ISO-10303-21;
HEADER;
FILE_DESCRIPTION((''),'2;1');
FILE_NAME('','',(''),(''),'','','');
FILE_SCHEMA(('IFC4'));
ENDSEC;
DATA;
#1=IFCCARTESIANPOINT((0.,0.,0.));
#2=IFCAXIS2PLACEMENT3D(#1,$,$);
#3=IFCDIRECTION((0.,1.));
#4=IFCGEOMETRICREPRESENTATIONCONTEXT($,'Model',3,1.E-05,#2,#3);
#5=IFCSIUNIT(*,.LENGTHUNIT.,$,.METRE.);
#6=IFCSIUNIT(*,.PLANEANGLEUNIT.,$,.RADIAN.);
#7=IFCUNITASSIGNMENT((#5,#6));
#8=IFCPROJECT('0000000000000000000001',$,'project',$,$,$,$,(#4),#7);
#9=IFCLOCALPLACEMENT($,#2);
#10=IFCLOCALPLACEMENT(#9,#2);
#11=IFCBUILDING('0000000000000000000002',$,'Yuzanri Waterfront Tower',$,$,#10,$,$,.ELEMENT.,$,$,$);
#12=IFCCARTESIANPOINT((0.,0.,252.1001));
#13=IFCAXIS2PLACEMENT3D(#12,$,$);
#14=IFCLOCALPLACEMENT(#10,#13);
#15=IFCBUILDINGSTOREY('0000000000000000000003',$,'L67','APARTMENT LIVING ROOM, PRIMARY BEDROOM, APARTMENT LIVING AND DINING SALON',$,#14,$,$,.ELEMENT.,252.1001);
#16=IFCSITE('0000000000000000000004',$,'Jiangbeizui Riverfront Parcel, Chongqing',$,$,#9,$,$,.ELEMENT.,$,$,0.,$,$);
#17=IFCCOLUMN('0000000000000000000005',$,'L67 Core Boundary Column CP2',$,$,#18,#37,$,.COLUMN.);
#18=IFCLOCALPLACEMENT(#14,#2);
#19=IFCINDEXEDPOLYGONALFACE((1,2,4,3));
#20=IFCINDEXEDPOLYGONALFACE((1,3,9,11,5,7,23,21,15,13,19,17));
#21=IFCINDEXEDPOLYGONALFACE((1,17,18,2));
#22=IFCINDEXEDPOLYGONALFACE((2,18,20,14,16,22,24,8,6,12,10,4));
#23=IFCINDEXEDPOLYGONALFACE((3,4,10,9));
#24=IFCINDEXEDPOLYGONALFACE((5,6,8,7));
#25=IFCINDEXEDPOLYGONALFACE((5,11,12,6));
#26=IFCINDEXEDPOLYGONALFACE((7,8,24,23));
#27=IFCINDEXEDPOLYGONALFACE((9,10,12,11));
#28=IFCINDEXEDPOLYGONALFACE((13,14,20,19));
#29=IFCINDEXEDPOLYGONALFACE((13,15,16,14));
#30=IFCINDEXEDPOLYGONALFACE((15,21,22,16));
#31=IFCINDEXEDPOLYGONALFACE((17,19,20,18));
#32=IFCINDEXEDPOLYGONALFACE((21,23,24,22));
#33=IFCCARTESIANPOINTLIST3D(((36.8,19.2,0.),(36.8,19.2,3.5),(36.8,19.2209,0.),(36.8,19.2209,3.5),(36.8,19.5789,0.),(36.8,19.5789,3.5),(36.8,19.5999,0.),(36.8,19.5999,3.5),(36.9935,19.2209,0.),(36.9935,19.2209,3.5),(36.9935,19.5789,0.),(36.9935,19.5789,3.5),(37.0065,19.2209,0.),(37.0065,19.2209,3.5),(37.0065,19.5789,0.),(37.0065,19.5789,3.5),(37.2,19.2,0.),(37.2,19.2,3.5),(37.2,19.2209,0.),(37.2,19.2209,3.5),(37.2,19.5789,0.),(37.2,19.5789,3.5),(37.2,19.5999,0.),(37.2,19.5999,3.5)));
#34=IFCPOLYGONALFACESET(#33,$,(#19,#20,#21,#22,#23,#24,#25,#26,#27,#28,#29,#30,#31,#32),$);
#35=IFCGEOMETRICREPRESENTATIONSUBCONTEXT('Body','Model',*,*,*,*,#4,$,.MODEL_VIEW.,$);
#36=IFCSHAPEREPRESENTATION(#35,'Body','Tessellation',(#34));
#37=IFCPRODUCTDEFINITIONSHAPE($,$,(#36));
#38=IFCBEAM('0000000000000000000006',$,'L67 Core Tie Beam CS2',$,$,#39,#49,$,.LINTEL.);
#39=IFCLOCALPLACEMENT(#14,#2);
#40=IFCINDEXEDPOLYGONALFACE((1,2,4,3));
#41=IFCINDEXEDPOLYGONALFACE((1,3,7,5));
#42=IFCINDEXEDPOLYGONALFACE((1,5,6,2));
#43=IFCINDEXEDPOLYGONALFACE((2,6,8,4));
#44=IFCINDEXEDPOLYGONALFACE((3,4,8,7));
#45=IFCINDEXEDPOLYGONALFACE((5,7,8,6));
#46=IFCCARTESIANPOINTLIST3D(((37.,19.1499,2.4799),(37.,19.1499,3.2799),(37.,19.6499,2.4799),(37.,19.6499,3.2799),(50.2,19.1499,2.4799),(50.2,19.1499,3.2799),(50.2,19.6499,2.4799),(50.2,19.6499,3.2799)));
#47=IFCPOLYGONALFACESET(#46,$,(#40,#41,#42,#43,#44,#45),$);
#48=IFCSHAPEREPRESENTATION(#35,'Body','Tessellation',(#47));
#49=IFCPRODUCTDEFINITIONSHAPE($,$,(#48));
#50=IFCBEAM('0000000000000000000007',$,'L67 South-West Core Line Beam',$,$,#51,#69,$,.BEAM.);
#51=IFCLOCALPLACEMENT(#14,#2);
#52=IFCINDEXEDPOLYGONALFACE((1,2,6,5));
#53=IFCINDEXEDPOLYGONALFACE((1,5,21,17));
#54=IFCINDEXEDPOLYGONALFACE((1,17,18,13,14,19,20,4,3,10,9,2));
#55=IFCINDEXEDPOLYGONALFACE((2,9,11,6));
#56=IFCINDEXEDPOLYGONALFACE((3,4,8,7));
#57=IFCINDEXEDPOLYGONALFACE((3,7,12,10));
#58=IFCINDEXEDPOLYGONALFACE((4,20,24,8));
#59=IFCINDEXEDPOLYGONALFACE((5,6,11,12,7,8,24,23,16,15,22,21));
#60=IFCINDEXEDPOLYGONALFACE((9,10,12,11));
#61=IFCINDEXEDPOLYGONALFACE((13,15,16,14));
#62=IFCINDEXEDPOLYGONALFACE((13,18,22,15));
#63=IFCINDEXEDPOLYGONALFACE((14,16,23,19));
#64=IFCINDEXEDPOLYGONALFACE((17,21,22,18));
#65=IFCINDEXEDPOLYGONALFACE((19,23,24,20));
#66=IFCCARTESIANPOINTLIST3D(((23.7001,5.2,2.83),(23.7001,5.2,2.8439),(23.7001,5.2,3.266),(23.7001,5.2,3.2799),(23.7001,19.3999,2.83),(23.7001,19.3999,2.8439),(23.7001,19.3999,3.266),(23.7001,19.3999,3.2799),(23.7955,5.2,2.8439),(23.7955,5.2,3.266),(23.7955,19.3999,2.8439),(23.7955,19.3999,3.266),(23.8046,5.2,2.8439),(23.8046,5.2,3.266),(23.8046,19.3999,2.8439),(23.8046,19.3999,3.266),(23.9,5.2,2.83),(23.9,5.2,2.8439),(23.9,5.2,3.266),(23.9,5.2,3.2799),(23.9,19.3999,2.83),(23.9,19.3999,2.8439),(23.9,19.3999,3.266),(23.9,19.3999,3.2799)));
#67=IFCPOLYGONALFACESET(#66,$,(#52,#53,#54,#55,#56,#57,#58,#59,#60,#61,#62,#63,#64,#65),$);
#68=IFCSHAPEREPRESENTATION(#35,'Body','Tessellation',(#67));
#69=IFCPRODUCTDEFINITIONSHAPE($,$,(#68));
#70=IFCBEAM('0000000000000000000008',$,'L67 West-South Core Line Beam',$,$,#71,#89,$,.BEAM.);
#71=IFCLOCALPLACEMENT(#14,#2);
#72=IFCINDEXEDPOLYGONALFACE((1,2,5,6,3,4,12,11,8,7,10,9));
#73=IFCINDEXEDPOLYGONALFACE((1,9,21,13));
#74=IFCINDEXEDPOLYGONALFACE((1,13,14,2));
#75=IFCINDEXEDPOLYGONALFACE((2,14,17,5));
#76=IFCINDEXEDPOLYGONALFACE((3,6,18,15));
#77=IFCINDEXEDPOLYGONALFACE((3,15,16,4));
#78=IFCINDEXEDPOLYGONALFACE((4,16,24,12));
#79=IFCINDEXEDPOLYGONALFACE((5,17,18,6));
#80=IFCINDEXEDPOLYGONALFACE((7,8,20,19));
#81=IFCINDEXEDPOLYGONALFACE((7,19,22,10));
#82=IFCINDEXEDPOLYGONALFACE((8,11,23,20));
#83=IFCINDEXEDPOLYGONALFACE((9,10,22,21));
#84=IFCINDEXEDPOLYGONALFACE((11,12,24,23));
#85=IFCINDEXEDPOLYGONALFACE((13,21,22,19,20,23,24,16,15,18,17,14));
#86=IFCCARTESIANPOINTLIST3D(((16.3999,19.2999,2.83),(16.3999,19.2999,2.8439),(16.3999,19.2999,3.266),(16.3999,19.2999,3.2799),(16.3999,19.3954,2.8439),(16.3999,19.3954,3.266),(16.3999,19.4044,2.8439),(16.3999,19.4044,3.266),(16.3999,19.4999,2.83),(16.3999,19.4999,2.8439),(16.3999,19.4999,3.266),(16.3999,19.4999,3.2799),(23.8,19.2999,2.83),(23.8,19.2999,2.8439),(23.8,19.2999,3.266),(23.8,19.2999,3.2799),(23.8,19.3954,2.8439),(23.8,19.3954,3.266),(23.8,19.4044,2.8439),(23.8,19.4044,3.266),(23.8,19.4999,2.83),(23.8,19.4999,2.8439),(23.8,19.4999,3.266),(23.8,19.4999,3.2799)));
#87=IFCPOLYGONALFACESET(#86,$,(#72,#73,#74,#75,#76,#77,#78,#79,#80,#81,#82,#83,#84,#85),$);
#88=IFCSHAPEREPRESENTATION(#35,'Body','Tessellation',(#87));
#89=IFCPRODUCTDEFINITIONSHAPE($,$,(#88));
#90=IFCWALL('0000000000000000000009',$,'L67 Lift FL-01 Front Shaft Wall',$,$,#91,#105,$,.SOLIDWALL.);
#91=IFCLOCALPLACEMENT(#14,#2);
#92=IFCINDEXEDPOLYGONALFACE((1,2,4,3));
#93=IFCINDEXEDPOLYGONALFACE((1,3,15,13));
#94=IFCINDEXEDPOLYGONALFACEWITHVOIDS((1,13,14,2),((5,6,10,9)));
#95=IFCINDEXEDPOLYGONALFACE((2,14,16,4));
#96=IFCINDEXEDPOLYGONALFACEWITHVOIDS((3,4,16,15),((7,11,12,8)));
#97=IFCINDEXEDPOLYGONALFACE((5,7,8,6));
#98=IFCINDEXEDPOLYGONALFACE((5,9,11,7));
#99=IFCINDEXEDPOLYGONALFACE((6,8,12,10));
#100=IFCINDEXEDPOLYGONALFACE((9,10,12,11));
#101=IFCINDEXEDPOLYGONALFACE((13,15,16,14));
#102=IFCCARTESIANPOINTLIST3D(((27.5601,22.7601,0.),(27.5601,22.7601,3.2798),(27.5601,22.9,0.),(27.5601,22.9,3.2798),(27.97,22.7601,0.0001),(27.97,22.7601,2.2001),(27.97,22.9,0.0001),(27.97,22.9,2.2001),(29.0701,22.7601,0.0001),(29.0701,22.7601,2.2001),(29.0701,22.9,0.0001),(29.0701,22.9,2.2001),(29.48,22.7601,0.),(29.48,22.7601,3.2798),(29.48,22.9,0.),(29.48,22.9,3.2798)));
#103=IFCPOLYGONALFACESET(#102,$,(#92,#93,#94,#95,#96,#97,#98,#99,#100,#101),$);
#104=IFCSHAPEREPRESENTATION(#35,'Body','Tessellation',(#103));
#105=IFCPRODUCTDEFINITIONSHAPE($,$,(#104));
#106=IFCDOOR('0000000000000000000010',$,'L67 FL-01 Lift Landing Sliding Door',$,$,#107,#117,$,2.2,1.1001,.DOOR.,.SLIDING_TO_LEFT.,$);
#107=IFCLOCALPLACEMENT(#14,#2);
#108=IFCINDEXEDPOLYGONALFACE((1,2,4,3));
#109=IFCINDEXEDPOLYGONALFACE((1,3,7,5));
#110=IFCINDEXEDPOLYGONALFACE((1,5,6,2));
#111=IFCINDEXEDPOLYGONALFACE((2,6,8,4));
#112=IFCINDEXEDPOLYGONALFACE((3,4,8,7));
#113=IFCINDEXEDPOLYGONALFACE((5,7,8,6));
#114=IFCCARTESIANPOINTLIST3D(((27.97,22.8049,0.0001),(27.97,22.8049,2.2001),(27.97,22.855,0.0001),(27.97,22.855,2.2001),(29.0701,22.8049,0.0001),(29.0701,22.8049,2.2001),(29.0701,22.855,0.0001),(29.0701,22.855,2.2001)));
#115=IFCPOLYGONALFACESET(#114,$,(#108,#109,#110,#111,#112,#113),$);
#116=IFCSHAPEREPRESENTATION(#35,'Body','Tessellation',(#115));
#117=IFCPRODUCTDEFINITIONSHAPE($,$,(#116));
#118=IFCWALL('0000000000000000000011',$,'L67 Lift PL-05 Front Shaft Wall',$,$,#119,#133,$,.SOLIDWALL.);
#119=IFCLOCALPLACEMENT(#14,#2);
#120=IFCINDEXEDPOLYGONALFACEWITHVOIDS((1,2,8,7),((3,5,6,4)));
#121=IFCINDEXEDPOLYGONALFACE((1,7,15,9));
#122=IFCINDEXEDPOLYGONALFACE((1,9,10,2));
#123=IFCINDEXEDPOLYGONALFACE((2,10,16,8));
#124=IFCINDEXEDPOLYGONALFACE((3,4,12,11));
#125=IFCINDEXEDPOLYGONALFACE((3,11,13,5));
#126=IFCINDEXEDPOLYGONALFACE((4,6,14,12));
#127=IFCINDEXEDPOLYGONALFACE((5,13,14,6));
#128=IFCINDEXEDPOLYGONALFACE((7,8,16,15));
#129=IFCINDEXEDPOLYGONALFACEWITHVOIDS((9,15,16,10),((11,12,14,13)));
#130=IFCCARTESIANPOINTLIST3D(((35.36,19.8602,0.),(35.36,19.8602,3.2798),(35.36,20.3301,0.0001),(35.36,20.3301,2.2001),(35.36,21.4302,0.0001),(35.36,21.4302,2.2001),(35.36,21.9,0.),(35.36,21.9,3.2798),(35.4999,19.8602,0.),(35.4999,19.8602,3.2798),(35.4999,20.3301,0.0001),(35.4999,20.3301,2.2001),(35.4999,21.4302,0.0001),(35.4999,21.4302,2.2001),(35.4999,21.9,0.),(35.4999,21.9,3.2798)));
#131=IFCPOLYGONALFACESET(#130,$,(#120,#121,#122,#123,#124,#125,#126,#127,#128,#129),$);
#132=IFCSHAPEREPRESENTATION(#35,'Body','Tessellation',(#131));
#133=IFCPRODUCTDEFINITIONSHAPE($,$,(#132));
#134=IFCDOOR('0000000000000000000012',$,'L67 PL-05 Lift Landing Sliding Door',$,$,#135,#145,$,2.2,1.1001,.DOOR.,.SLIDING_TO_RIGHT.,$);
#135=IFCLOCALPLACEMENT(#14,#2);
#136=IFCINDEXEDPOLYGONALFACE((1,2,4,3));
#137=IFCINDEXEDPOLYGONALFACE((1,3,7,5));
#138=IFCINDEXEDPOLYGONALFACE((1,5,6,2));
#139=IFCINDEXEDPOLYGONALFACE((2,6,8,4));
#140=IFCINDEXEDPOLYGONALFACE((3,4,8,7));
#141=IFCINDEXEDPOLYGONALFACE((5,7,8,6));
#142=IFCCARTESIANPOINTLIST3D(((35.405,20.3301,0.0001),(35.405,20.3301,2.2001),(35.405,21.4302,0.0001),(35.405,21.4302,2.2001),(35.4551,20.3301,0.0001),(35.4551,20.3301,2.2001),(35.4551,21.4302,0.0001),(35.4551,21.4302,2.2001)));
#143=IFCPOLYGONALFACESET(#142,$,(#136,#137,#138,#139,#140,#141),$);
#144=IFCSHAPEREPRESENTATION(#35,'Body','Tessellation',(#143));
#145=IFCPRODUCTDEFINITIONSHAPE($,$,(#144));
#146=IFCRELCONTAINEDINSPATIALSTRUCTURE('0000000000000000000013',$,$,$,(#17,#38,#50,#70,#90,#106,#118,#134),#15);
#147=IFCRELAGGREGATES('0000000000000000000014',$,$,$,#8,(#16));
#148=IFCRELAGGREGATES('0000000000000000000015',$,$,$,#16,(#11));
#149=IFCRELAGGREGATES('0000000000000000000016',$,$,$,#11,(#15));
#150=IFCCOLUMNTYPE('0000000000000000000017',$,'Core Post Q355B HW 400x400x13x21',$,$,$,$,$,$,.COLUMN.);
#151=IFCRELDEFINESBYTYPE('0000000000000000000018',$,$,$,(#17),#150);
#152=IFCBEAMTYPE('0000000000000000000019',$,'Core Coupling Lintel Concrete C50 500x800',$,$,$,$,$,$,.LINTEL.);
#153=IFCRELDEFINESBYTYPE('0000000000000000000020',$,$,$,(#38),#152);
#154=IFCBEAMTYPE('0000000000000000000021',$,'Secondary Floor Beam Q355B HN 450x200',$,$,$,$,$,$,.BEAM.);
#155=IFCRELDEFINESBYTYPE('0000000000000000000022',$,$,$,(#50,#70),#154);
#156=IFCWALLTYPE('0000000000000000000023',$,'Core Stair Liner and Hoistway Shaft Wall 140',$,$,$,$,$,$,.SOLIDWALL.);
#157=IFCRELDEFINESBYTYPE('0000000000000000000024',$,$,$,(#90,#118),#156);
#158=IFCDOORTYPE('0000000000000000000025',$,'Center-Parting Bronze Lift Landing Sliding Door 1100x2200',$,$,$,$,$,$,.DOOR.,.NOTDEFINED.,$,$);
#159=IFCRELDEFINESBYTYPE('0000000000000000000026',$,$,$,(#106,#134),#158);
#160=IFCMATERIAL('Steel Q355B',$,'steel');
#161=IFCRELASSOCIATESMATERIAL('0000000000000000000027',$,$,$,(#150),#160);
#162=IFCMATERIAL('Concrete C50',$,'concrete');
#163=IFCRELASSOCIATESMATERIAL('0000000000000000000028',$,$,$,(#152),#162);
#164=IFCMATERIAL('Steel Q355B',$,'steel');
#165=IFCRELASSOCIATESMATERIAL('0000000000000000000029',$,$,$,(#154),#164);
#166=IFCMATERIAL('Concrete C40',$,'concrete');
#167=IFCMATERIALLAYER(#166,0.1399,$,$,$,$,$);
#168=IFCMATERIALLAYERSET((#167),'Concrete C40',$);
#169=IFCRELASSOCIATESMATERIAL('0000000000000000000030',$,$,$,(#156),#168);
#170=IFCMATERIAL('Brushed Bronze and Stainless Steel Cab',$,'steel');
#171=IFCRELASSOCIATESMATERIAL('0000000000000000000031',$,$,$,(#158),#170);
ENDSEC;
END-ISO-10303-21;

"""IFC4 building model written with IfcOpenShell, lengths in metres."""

from ifc_helpers import new_model, si_unit, direction, frame, frame_2d, origin, origin_2d, place, context, subcontext, project, spatial, rectangle, i_section, extrude, source, transform, mapped, material, layer, layer_set, material_profile, profile_set, type_object, element, fill, save


model = new_model("IFC4")

# Units and contexts
model_context = context("Model", 3, precision=1e-05, world=origin(), true_north=direction((0.0, 1.0)))
body_context = subcontext(model_context, "Body", "Model", "MODEL_VIEW")
ifc_project = project(units=[si_unit("LENGTHUNIT", "METRE"), si_unit("PLANEANGLEUNIT", "RADIAN")], contexts=[model_context])

# Site, building, storey
site_placement = place(None, origin())
site = spatial("IfcSite", under=ifc_project, at=site_placement, Name="Jiangbeizui Riverfront Parcel, Chongqing", CompositionType="ELEMENT", RefElevation=0.0)
building_placement = place(site_placement, origin())
building = spatial("IfcBuilding", under=site, at=building_placement, Name="Yuzanri Waterfront Tower", CompositionType="ELEMENT")
storey_placement = place(building_placement, frame((0.0, 0.0, 252.1001)))
storey = spatial("IfcBuildingStorey", under=building, at=storey_placement, Name="L67", Description="APARTMENT LIVING ROOM, PRIMARY BEDROOM, APARTMENT LIVING AND DINING SALON", CompositionType="ELEMENT", Elevation=252.1001)

# Column
ifc_material_1 = material(Name="Steel Q355B", Category="steel")
ifc_material_profile_1 = material_profile(ifc_material_1, i_section(OverallWidth=0.3999, OverallDepth=0.3999, WebThickness=0.0129, FlangeThickness=0.021, at=origin_2d()), Name="HW 400x400x13x21")
ifc_profile_set_1 = profile_set([ifc_material_profile_1], Name="Steel Q355B")
column_type = type_object("IfcColumnType", Name="Core Post Q355B HW 400x400x13x21", PredefinedType="COLUMN", material=ifc_profile_set_1)
shared_shape_1 = source(origin(), body_context, "Body", "SweptSolid", [
    extrude(i_section(OverallWidth=0.3999, OverallDepth=0.3999, WebThickness=0.0129, FlangeThickness=0.021, at=origin_2d()), origin(), (0.0, 0.0, 1.0), 3.5),
])
column_placement = place(storey_placement, frame((37.0, 19.3999, 0.0), z_axis=(0.0, 0.0, 1.0), x_axis=(1.0, 0.0, 0.0)))
element("IfcColumn", 1, at=column_placement, inside=storey, type_object=column_type, Name="L67 Core Boundary Column CP2", PredefinedType="COLUMN", context=body_context, shape_type="MappedRepresentation", body=[
    mapped(shared_shape_1, transform((0.0, 0.0, 0.0), scale=1.0)),
])

# Beams
ifc_material_2 = material(Name="Concrete C50", Category="concrete")
ifc_material_profile_2 = material_profile(ifc_material_2, rectangle(XDim=0.5, YDim=0.8, at=origin_2d()), Name="RC 500x800")
ifc_profile_set_2 = profile_set([ifc_material_profile_2], Name="Concrete C50")
beam_type_1 = type_object("IfcBeamType", Name="Core Coupling Lintel Concrete C50 500x800", PredefinedType="LINTEL", material=ifc_profile_set_2)
shared_shape_2 = source(origin(), body_context, "Body", "SweptSolid", [
    extrude(rectangle(XDim=0.5, YDim=0.8, at=origin_2d()), origin(), (0.0, 0.0, 1.0), 13.2),
])
beam_1_placement = place(storey_placement, frame((37.0, 19.3999, 2.8799), z_axis=(1.0, 0.0, 0.0), x_axis=(0.0, 1.0, 0.0)))
element("IfcBeam", 2, at=beam_1_placement, inside=storey, type_object=beam_type_1, Name="L67 Core Tie Beam CS2", PredefinedType="LINTEL", context=body_context, shape_type="MappedRepresentation", body=[
    mapped(shared_shape_2, transform((0.0, 0.0, 0.0), scale=1.0)),
])
ifc_material_3 = material(Name="Steel Q355B", Category="steel")
ifc_material_profile_3 = material_profile(ifc_material_3, i_section(OverallWidth=0.2, OverallDepth=0.45, WebThickness=0.009, FlangeThickness=0.0139, at=origin_2d()), Name="HN 450x200x9x14")
ifc_profile_set_3 = profile_set([ifc_material_profile_3], Name="Steel Q355B")
beam_type_2 = type_object("IfcBeamType", Name="Secondary Floor Beam Q355B HN 450x200", PredefinedType="BEAM", material=ifc_profile_set_3)
shared_shape_3 = source(origin(), body_context, "Body", "SweptSolid", [
    extrude(i_section(OverallWidth=0.2, OverallDepth=0.45, WebThickness=0.009, FlangeThickness=0.0139, at=origin_2d()), origin(), (0.0, 0.0, 1.0), 14.2),
])
beam_2_placement = place(storey_placement, frame((23.8, 19.3999, 3.0549), z_axis=(0.0, -1.0, 0.0), x_axis=(1.0, 0.0, 0.0)))
element("IfcBeam", 3, at=beam_2_placement, inside=storey, type_object=beam_type_2, Name="L67 South-West Core Line Beam", PredefinedType="BEAM", context=body_context, shape_type="MappedRepresentation", body=[
    mapped(shared_shape_3, transform((0.0, 0.0, 0.0), scale=1.0)),
])
shared_shape_4 = source(origin(), body_context, "Body", "SweptSolid", [
    extrude(i_section(OverallWidth=0.2, OverallDepth=0.45, WebThickness=0.009, FlangeThickness=0.0139, at=origin_2d()), origin(), (0.0, 0.0, 1.0), 7.4001),
])
beam_3_placement = place(storey_placement, frame((23.8, 19.3999, 3.0549), z_axis=(-1.0, 0.0, 0.0), x_axis=(0.0, -1.0, 0.0)))
element("IfcBeam", 4, at=beam_3_placement, inside=storey, type_object=beam_type_2, Name="L67 West-South Core Line Beam", PredefinedType="BEAM", context=body_context, shape_type="MappedRepresentation", body=[
    mapped(shared_shape_4, transform((0.0, 0.0, 0.0), scale=1.0)),
])

# Walls, openings, doors
ifc_material_4 = material(Name="Concrete C40", Category="concrete")
ifc_layer_1 = layer(ifc_material_4, 0.1399)
ifc_layer_set_1 = layer_set([ifc_layer_1], Name="Concrete C40")
wall_type_1 = type_object("IfcWallType", Name="Core Stair Liner and Hoistway Shaft Wall 140", PredefinedType="SOLIDWALL", material=ifc_layer_set_1)
wall_1_placement = place(storey_placement, frame((27.5601, 22.8301, 0.0), z_axis=(0.0, 0.0, 1.0), x_axis=(1.0, 0.0, 0.0)))
wall_1 = element("IfcWall", 5, at=wall_1_placement, inside=storey, type_object=wall_type_1, Name="L67 Lift FL-01 Front Shaft Wall", PredefinedType="SOLIDWALL", context=body_context, shape_type="SweptSolid", body=[
    extrude(rectangle(XDim=1.9199, YDim=0.1399, at=frame_2d((0.96, 0.0))), origin(), (0.0, 0.0, 1.0), 3.2798),
])
opening_1_placement = place(wall_1_placement, frame((0.4099, 0.0, 0.0)))
opening_1 = element("IfcOpeningElement", 6, at=opening_1_placement, cuts=wall_1, PredefinedType="OPENING", context=body_context, shape_type="SweptSolid", body=[
    extrude(rectangle(XDim=1.1001, YDim=2.2, at=frame_2d((0.55, 1.1001))), frame((0.0, 0.085, 0.0), z_axis=(0.0, -1.0, 0.0), x_axis=(1.0, 0.0, 0.0)), (0.0, 0.0, 1.0), 0.1697),
])
ifc_material_5 = material(Name="Brushed Bronze and Stainless Steel Cab", Category="steel")
door_type_1 = type_object("IfcDoorType", Name="Center-Parting Bronze Lift Landing Sliding Door 1100x2200", OperationType="NOTDEFINED", PredefinedType="DOOR", material=ifc_material_5)
shared_shape_5 = source(origin(), body_context, "Body", "SweptSolid", [
    extrude(rectangle(XDim=1.1001, YDim=2.2, at=frame_2d((0.55, 1.1001))), frame((0.0, 0.0249, 0.0), z_axis=(0.0, -1.0, 0.0), x_axis=(1.0, 0.0, 0.0)), (0.0, 0.0, 1.0), 0.05),
])
door_1_placement = place(opening_1_placement, origin())
door_1 = element("IfcDoor", 7, at=door_1_placement, inside=storey, type_object=door_type_1, Name="L67 FL-01 Lift Landing Sliding Door", OperationType="SLIDING_TO_LEFT", OverallHeight=2.2, OverallWidth=1.1001, PredefinedType="DOOR", context=body_context, shape_type="MappedRepresentation", body=[
    mapped(shared_shape_5, transform((0.0, 0.0, 0.0), scale=1.0)),
])
fill(opening_1, door_1)
wall_2_placement = place(storey_placement, frame((35.4299, 19.8601, 0.0), z_axis=(0.0, 0.0, 1.0), x_axis=(0.0, 1.0, 0.0)))
wall_2 = element("IfcWall", 8, at=wall_2_placement, inside=storey, type_object=wall_type_1, Name="L67 Lift PL-05 Front Shaft Wall", PredefinedType="SOLIDWALL", context=body_context, shape_type="SweptSolid", body=[
    extrude(rectangle(XDim=2.0398, YDim=0.1399, at=frame_2d((1.02, 0.0))), origin(), (0.0, 0.0, 1.0), 3.2798),
])
opening_2_placement = place(wall_2_placement, frame((0.47, 0.0, 0.0)))
opening_2 = element("IfcOpeningElement", 9, at=opening_2_placement, cuts=wall_2, PredefinedType="OPENING", context=body_context, shape_type="SweptSolid", body=[
    extrude(rectangle(XDim=1.1001, YDim=2.2, at=frame_2d((0.55, 1.1001))), frame((0.0, 0.085, 0.0), z_axis=(0.0, -1.0, 0.0), x_axis=(1.0, 0.0, 0.0)), (0.0, 0.0, 1.0), 0.1697),
])
door_2_placement = place(opening_2_placement, origin())
door_2 = element("IfcDoor", 10, at=door_2_placement, inside=storey, type_object=door_type_1, Name="L67 PL-05 Lift Landing Sliding Door", OperationType="SLIDING_TO_RIGHT", OverallHeight=2.2, OverallWidth=1.1001, PredefinedType="DOOR", context=body_context, shape_type="MappedRepresentation", body=[
    mapped(shared_shape_5, transform((0.0, 0.0, 0.0), scale=1.0)),
])
fill(opening_2, door_2)

save(model, "model.ifc")
